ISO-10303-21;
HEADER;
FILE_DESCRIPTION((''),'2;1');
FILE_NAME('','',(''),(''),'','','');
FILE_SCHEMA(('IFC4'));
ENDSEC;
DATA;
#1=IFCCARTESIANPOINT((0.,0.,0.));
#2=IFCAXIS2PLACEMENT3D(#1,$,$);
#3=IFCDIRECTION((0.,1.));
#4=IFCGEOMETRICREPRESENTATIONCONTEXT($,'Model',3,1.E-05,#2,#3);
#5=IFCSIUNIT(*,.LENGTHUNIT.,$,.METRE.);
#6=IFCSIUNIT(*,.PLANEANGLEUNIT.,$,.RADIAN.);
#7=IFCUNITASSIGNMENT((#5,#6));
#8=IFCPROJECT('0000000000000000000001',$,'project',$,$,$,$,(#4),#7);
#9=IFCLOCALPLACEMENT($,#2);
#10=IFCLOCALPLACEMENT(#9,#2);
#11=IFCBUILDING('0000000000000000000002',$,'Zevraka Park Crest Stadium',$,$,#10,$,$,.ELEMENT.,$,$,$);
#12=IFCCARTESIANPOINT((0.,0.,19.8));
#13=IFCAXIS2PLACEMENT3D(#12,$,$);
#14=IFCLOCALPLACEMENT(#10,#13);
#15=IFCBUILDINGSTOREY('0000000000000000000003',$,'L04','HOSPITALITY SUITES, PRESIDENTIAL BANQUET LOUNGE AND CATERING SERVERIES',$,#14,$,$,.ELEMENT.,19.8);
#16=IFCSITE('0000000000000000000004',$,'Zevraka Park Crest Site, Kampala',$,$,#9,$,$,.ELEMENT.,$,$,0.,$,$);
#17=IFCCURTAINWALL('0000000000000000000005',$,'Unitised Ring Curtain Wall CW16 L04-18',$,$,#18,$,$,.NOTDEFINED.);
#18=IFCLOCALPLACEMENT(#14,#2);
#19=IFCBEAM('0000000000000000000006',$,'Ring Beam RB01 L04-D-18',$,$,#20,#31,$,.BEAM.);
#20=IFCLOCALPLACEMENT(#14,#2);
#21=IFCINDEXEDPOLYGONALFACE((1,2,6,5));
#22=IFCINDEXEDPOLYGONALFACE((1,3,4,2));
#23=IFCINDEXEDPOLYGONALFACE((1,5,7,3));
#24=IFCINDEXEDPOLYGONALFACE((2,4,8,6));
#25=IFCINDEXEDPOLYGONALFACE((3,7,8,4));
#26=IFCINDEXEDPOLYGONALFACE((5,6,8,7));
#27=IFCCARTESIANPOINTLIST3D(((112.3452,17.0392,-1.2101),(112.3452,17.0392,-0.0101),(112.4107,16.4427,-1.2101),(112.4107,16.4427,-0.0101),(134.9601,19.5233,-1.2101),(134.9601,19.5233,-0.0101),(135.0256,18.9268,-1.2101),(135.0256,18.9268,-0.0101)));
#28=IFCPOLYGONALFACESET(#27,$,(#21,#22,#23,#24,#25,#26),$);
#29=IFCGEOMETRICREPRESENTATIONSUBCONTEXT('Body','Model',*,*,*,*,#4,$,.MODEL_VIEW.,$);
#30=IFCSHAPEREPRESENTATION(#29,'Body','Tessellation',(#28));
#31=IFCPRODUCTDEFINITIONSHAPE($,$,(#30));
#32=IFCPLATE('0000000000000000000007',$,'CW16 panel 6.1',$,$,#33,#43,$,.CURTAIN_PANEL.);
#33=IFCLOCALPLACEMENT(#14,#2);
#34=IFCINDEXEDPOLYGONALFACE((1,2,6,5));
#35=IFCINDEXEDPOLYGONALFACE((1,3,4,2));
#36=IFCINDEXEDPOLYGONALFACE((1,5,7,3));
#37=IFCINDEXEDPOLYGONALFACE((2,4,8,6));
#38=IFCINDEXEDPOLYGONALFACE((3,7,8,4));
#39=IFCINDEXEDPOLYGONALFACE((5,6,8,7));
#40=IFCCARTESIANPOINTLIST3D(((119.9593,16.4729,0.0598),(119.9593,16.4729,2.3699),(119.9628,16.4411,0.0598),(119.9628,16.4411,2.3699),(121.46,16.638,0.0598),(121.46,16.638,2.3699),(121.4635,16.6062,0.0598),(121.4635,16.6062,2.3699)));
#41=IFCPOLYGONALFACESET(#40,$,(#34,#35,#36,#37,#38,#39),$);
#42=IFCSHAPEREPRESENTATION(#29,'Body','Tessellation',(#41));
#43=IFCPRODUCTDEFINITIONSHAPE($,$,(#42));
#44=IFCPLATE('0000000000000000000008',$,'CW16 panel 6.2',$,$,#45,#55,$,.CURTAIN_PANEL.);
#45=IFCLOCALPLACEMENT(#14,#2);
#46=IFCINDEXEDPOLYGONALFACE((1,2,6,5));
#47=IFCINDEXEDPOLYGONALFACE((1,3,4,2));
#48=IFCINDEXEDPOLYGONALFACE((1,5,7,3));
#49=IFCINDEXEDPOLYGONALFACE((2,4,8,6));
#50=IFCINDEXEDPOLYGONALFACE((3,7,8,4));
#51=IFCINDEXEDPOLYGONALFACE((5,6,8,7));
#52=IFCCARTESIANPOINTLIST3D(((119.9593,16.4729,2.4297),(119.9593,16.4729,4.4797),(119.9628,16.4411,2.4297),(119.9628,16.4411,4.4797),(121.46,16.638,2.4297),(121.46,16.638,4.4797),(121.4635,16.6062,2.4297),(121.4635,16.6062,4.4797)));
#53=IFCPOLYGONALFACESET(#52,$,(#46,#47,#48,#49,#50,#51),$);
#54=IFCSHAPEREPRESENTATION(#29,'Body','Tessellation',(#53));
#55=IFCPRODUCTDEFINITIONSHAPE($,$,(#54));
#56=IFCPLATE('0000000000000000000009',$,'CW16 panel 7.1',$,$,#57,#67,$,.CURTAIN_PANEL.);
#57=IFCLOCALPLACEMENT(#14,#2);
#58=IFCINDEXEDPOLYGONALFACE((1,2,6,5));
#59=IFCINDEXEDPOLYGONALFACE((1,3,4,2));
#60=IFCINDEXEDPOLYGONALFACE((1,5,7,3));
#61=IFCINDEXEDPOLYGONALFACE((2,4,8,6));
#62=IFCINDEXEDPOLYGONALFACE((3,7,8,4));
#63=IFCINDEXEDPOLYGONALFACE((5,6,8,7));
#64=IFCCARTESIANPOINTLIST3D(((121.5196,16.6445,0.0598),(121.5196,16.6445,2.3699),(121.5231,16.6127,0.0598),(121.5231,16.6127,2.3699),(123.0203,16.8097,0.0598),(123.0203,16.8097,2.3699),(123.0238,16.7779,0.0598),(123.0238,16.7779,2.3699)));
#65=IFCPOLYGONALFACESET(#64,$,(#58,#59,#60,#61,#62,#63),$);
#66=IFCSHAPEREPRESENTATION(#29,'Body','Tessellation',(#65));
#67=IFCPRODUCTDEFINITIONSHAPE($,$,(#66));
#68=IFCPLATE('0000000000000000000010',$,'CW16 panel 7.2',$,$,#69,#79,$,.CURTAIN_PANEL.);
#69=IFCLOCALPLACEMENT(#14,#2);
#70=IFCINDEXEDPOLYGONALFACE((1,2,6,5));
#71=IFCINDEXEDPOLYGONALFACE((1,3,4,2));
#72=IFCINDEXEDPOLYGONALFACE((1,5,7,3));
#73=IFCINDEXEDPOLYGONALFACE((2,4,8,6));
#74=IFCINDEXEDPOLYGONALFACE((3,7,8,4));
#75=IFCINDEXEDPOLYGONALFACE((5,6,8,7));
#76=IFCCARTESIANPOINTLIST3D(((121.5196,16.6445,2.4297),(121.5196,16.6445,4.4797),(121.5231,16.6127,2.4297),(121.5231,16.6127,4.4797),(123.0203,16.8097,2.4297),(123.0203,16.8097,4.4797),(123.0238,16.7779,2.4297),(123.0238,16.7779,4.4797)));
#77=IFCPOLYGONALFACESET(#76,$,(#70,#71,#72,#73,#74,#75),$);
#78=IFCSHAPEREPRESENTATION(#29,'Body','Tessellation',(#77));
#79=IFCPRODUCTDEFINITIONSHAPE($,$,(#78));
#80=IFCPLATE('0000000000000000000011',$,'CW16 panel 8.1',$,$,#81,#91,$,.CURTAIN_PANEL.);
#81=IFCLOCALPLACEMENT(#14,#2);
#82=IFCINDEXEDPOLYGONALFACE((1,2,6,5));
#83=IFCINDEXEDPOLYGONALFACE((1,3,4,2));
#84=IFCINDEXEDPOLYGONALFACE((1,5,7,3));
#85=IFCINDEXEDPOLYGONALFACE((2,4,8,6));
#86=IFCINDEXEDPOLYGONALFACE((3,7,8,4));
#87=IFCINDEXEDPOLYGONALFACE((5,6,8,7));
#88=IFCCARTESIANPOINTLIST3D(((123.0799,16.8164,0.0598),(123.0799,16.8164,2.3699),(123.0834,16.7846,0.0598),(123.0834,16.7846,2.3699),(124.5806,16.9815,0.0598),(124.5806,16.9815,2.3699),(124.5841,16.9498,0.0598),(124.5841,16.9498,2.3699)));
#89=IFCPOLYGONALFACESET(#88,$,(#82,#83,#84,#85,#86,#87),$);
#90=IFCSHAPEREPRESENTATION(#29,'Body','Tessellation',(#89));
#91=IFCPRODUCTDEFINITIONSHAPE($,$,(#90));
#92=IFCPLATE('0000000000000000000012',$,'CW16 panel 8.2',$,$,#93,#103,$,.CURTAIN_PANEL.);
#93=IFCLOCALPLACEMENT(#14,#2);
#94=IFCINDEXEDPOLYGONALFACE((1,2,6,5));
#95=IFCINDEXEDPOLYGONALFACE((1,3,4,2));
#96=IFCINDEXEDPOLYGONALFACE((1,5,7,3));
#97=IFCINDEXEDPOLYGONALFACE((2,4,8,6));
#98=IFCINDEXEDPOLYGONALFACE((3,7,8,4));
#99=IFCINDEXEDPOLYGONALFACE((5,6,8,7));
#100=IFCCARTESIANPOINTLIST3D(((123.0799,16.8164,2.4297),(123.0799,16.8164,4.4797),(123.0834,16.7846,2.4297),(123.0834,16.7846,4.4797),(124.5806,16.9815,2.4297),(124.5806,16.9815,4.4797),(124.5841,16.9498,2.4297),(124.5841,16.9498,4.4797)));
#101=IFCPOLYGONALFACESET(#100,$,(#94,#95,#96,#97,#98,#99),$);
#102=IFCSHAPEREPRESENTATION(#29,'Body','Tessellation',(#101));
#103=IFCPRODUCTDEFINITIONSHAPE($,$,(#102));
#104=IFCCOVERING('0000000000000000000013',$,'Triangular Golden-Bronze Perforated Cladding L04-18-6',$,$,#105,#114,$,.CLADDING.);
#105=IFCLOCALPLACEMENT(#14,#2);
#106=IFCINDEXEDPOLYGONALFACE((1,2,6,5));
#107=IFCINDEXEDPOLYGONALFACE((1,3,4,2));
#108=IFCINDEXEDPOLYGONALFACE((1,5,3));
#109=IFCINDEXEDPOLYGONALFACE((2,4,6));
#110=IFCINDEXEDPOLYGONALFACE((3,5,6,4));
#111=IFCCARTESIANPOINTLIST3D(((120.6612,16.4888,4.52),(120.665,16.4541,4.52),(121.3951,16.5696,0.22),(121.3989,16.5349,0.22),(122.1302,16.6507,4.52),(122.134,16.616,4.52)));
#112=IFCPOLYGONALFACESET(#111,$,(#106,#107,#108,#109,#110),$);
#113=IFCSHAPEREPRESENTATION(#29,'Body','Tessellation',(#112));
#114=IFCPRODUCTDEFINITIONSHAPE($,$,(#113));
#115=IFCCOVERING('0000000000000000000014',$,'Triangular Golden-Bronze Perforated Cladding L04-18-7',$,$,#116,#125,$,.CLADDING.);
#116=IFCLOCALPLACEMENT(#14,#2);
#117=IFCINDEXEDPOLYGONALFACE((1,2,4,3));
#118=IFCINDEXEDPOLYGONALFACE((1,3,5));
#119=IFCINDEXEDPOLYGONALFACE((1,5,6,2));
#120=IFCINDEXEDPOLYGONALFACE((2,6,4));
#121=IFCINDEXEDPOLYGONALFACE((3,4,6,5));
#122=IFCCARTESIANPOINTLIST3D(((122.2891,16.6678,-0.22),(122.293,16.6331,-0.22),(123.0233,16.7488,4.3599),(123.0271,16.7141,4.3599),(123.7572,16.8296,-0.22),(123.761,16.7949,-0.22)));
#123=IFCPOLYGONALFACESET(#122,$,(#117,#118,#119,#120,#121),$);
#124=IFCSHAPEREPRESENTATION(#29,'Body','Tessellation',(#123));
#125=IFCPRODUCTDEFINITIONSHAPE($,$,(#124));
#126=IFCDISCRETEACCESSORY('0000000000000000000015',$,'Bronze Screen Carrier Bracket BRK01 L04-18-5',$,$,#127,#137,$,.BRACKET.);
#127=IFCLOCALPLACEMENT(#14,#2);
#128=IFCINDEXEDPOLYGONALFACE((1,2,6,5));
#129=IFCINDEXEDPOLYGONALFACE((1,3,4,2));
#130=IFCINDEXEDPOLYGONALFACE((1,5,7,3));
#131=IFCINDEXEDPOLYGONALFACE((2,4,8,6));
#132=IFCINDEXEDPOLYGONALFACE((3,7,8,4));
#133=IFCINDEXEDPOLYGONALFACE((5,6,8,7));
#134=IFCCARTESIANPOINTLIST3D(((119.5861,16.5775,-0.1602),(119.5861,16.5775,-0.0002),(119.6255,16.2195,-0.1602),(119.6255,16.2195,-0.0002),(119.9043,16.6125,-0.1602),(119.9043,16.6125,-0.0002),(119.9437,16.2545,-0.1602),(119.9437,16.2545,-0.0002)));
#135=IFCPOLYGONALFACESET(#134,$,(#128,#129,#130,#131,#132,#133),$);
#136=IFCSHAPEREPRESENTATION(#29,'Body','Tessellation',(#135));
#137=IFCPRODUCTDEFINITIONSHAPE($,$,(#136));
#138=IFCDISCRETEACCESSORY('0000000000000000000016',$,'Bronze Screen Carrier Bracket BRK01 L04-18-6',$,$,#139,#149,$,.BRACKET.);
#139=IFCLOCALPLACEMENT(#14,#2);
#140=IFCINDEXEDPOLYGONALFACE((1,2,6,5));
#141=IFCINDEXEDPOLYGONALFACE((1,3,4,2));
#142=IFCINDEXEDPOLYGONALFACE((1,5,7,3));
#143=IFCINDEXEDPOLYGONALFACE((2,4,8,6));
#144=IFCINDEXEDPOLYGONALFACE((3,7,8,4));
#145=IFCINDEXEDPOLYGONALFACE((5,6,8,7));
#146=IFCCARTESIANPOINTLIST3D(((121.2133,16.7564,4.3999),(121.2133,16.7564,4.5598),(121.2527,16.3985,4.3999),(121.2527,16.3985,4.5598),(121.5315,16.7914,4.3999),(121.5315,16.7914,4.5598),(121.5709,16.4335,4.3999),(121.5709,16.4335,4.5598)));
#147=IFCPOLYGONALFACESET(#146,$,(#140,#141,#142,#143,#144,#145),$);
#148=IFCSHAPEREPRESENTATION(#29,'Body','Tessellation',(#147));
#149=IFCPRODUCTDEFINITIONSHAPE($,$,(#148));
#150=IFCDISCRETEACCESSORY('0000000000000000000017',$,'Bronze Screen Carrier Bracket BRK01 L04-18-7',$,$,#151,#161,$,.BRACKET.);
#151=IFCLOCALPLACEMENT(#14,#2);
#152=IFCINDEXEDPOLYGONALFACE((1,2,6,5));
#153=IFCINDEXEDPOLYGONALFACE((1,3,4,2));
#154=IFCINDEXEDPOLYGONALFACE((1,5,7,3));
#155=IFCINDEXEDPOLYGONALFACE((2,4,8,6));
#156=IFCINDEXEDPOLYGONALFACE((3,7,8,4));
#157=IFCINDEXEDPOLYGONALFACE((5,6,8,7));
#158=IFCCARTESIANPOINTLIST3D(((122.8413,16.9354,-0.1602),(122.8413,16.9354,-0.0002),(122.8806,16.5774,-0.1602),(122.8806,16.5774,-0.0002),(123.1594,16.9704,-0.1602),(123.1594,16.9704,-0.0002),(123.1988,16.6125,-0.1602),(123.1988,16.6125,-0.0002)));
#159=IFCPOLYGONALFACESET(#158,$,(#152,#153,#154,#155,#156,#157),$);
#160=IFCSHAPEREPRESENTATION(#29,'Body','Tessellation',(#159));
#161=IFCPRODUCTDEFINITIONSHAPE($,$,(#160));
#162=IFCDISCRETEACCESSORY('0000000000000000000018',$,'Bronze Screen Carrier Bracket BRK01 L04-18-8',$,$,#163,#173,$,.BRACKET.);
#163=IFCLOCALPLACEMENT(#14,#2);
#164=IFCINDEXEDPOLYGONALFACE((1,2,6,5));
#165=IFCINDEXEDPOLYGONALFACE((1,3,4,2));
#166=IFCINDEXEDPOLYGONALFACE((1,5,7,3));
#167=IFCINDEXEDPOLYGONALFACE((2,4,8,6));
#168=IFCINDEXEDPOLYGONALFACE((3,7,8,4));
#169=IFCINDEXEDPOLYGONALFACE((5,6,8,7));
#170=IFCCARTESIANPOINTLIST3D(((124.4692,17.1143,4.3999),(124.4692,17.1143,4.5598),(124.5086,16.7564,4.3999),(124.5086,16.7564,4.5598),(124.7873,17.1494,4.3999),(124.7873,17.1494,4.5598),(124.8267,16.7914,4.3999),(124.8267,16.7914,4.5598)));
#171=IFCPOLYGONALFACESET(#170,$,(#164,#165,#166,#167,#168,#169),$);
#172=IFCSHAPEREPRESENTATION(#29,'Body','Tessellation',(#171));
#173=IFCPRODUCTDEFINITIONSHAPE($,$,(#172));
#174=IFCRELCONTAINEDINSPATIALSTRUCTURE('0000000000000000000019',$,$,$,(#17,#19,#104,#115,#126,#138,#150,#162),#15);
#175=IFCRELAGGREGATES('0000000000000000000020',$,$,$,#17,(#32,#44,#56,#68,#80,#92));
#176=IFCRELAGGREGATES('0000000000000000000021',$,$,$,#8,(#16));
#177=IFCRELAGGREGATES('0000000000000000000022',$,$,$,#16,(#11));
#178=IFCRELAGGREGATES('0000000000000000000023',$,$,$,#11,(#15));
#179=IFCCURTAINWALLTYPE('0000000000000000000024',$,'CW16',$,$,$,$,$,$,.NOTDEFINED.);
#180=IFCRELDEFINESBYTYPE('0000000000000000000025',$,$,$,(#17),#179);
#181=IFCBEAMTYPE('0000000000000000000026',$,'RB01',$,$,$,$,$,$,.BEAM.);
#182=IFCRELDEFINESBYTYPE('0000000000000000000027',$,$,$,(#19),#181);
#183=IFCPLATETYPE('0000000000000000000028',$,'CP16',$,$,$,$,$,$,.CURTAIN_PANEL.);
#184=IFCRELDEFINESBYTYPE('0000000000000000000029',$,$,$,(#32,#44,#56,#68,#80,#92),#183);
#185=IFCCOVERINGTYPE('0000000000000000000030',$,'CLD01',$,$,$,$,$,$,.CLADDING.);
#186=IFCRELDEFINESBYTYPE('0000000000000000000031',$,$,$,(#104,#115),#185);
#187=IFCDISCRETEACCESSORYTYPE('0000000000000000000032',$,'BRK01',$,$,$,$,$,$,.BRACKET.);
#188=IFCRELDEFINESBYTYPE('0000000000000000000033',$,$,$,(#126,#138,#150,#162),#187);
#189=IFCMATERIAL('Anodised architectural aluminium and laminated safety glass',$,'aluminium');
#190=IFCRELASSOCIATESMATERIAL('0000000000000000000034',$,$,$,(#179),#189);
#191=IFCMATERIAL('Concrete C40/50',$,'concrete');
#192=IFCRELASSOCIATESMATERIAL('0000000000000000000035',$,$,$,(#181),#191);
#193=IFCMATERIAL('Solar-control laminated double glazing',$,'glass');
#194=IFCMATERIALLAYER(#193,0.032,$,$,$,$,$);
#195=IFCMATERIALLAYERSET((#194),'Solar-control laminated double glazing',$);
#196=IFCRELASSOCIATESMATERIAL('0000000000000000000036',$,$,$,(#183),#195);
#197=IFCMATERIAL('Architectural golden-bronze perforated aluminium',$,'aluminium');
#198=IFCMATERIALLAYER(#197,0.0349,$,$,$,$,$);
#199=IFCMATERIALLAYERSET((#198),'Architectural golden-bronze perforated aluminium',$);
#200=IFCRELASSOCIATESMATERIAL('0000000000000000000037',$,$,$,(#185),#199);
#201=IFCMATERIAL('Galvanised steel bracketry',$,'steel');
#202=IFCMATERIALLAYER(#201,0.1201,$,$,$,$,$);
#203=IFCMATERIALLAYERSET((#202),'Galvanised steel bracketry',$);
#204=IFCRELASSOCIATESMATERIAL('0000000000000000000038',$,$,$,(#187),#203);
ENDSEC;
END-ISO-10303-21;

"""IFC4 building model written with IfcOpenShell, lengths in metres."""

from ifc_helpers import new_model, si_unit, direction, frame, origin, origin_2d, place, context, subcontext, project, spatial, polyline, rectangle, outline, extrude, material, layer, layer_set, material_profile, profile_set, type_object, element, aggregate, save


model = new_model("IFC4")

# Units and contexts
model_context = context("Model", 3, precision=1e-05, world=origin(), true_north=direction((0.0, 1.0)))
body_context = subcontext(model_context, "Body", "Model", "MODEL_VIEW")
ifc_project = project(units=[si_unit("LENGTHUNIT", "METRE"), si_unit("PLANEANGLEUNIT", "RADIAN")], contexts=[model_context])

# Site, building, storey
site_placement = place(None, origin())
site = spatial("IfcSite", under=ifc_project, at=site_placement, Name="Zevraka Park Crest Site, Kampala", CompositionType="ELEMENT", RefElevation=0.0)
building_placement = place(site_placement, origin())
building = spatial("IfcBuilding", under=site, at=building_placement, Name="Zevraka Park Crest Stadium", CompositionType="ELEMENT")
storey_placement = place(building_placement, frame((0.0, 0.0, 19.8)))
storey = spatial("IfcBuildingStorey", under=building, at=storey_placement, Name="L04", Description="HOSPITALITY SUITES, PRESIDENTIAL BANQUET LOUNGE AND CATERING SERVERIES", CompositionType="ELEMENT", Elevation=19.8)

# Curtain wall
ifc_material_1 = material(Name="Anodised architectural aluminium and laminated safety glass", Category="aluminium")
curtain_wall_type = type_object("IfcCurtainWallType", Name="CW16", PredefinedType="NOTDEFINED", material=ifc_material_1)
curtain_wall_placement = place(storey_placement, origin())
curtain_wall = element("IfcCurtainWall", 1, at=curtain_wall_placement, inside=storey, type_object=curtain_wall_type, Name="Unitised Ring Curtain Wall CW16 L04-18", PredefinedType="NOTDEFINED")

# Beam
ifc_material_2 = material(Name="Concrete C40/50", Category="concrete")
ifc_material_profile_1 = material_profile(ifc_material_2, rectangle(XDim=0.6001, YDim=1.2, at=origin_2d()), Name="RC 1200x600")
ifc_profile_set_1 = profile_set([ifc_material_profile_1], Name="Concrete C40/50")
beam_type = type_object("IfcBeamType", Name="RB01", PredefinedType="BEAM", material=ifc_profile_set_1)
beam_placement = place(storey_placement, frame((112.3779, 16.741, -0.6101), z_axis=(0.994021, 0.109188, 0.0), x_axis=(-0.109188, 0.994021, 0.0)))
element("IfcBeam", 2, at=beam_placement, inside=storey, type_object=beam_type, Name="Ring Beam RB01 L04-D-18", PredefinedType="BEAM", context=body_context, shape_type="SweptSolid", body=[
    extrude(rectangle(XDim=0.6001, YDim=1.2, at=origin_2d()), origin(), (0.0, 0.0, 1.0), 22.751),
])

# Plates
ifc_material_3 = material(Name="Solar-control laminated double glazing", Category="glass")
ifc_layer_1 = layer(ifc_material_3, 0.032)
ifc_layer_set_1 = layer_set([ifc_layer_1], Name="Solar-control laminated double glazing")
plate_type = type_object("IfcPlateType", Name="CP16", PredefinedType="CURTAIN_PANEL", material=ifc_layer_set_1)
plate_1_placement = place(storey_placement, frame((120.7114, 16.5396, 0.0598), z_axis=(0.0, 0.0, 1.0), x_axis=(0.993997, 0.109406, 0.0)))
plate_1 = element("IfcPlate", 3, at=plate_1_placement, type_object=plate_type, Name="CW16 panel 6.1", PredefinedType="CURTAIN_PANEL", context=body_context, shape_type="SweptSolid", body=[
    extrude(rectangle(XDim=1.5098, YDim=0.032, at=origin_2d()), origin(), (0.0, 0.0, 1.0), 2.3101),
])
plate_2_placement = place(storey_placement, frame((120.7114, 16.5396, 2.4297), z_axis=(0.0, 0.0, 1.0), x_axis=(0.993997, 0.109406, 0.0)))
plate_2 = element("IfcPlate", 4, at=plate_2_placement, type_object=plate_type, Name="CW16 panel 6.2", PredefinedType="CURTAIN_PANEL", context=body_context, shape_type="SweptSolid", body=[
    extrude(rectangle(XDim=1.5098, YDim=0.032, at=origin_2d()), origin(), (0.0, 0.0, 1.0), 2.05),
])
plate_3_placement = place(storey_placement, frame((122.2717, 16.7112, 0.0598), z_axis=(0.0, 0.0, 1.0), x_axis=(0.993997, 0.109406, 0.0)))
plate_3 = element("IfcPlate", 5, at=plate_3_placement, type_object=plate_type, Name="CW16 panel 7.1", PredefinedType="CURTAIN_PANEL", context=body_context, shape_type="SweptSolid", body=[
    extrude(rectangle(XDim=1.5098, YDim=0.032, at=origin_2d()), origin(), (0.0, 0.0, 1.0), 2.3101),
])
plate_4_placement = place(storey_placement, frame((122.2717, 16.7112, 2.4297), z_axis=(0.0, 0.0, 1.0), x_axis=(0.993997, 0.109406, 0.0)))
plate_4 = element("IfcPlate", 6, at=plate_4_placement, type_object=plate_type, Name="CW16 panel 7.2", PredefinedType="CURTAIN_PANEL", context=body_context, shape_type="SweptSolid", body=[
    extrude(rectangle(XDim=1.5098, YDim=0.032, at=origin_2d()), origin(), (0.0, 0.0, 1.0), 2.05),
])
plate_5_placement = place(storey_placement, frame((123.832, 16.8831, 0.0598), z_axis=(0.0, 0.0, 1.0), x_axis=(0.993997, 0.109406, 0.0)))
plate_5 = element("IfcPlate", 7, at=plate_5_placement, type_object=plate_type, Name="CW16 panel 8.1", PredefinedType="CURTAIN_PANEL", context=body_context, shape_type="SweptSolid", body=[
    extrude(rectangle(XDim=1.5098, YDim=0.032, at=origin_2d()), origin(), (0.0, 0.0, 1.0), 2.3101),
])
plate_6_placement = place(storey_placement, frame((123.832, 16.8831, 2.4297), z_axis=(0.0, 0.0, 1.0), x_axis=(0.993997, 0.109406, 0.0)))
plate_6 = element("IfcPlate", 8, at=plate_6_placement, type_object=plate_type, Name="CW16 panel 8.2", PredefinedType="CURTAIN_PANEL", context=body_context, shape_type="SweptSolid", body=[
    extrude(rectangle(XDim=1.5098, YDim=0.032, at=origin_2d()), origin(), (0.0, 0.0, 1.0), 2.05),
])
aggregate(curtain_wall, [plate_1, plate_2, plate_3, plate_4, plate_5, plate_6])

# Coverings
ifc_material_4 = material(Name="Architectural golden-bronze perforated aluminium", Category="aluminium")
ifc_layer_2 = layer(ifc_material_4, 0.0349)
ifc_layer_set_2 = layer_set([ifc_layer_2], Name="Architectural golden-bronze perforated aluminium")
covering_type = type_object("IfcCoveringType", Name="CLD01", PredefinedType="CLADDING", material=ifc_layer_set_2)
covering_1_placement = place(storey_placement, frame((122.134, 16.616, 4.52), z_axis=(0.109525, -0.993984, 0.000013), x_axis=(-0.993984, -0.109525, 0.0)))
element("IfcCovering", 9, at=covering_1_placement, inside=storey, type_object=covering_type, Name="Triangular Golden-Bronze Perforated Cladding L04-18-6", PredefinedType="CLADDING", context=body_context, shape_type="SweptSolid", body=[
    extrude(outline(polyline([(0.0, 0.0), (1.4779, 0.0), (0.7396, 4.3), (0.0, 0.0)])), origin(), (0.0, 0.0, -1.0), 0.0349),
])
covering_2_placement = place(storey_placement, frame((122.293, 16.6331, -0.22), z_axis=(0.109597, -0.993976, 0.000024), x_axis=(0.993976, 0.109597, 0.0)))
element("IfcCovering", 10, at=covering_2_placement, inside=storey, type_object=covering_type, Name="Triangular Golden-Bronze Perforated Cladding L04-18-7", PredefinedType="CLADDING", context=body_context, shape_type="SweptSolid", body=[
    extrude(outline(polyline([(0.0, 0.0), (1.4769, 0.0), (0.7386, 4.5798), (0.0, 0.0)])), origin(), (0.0, 0.0, -1.0), 0.0349),
])

# Discrete accessories
ifc_material_5 = material(Name="Galvanised steel bracketry", Category="steel")
ifc_layer_3 = layer(ifc_material_5, 0.1201)
ifc_layer_set_3 = layer_set([ifc_layer_3], Name="Galvanised steel bracketry")
discrete_accessory_type = type_object("IfcDiscreteAccessoryType", Name="BRK01", PredefinedType="BRACKET", material=ifc_layer_set_3)
for number, where, z_axis, x_axis, name in (
    (11, (119.7649, 16.416, -0.1602), (0.0, 0.0, 1.0), (0.993999, 0.109387, 0.0), "Bronze Screen Carrier Bracket BRK01 L04-18-5"),
    (12, (121.3921, 16.595, 4.3999), (0.0, 0.0, 1.0), (0.993999, 0.109387, 0.0), "Bronze Screen Carrier Bracket BRK01 L04-18-6"),
    (13, (123.02, 16.7739, -0.1602), (0.0, 0.0, 1.0), (0.993999, 0.109387, 0.0), "Bronze Screen Carrier Bracket BRK01 L04-18-7"),
    (14, (124.6479, 16.9529, 4.3999), (0.0, 0.0, 1.0), (0.993999, 0.109387, 0.0), "Bronze Screen Carrier Bracket BRK01 L04-18-8"),
):
    element("IfcDiscreteAccessory", number, at=place(storey_placement, frame(where, z_axis=z_axis, x_axis=x_axis)), inside=storey, type_object=discrete_accessory_type, Name=name, PredefinedType="BRACKET", context=body_context, shape_type="SweptSolid", body=[
        extrude(rectangle(XDim=0.3201, YDim=0.3601, at=origin_2d()), origin(), (0.0, 0.0, 1.0), 0.1599),
    ])

save(model, "model.ifc")
